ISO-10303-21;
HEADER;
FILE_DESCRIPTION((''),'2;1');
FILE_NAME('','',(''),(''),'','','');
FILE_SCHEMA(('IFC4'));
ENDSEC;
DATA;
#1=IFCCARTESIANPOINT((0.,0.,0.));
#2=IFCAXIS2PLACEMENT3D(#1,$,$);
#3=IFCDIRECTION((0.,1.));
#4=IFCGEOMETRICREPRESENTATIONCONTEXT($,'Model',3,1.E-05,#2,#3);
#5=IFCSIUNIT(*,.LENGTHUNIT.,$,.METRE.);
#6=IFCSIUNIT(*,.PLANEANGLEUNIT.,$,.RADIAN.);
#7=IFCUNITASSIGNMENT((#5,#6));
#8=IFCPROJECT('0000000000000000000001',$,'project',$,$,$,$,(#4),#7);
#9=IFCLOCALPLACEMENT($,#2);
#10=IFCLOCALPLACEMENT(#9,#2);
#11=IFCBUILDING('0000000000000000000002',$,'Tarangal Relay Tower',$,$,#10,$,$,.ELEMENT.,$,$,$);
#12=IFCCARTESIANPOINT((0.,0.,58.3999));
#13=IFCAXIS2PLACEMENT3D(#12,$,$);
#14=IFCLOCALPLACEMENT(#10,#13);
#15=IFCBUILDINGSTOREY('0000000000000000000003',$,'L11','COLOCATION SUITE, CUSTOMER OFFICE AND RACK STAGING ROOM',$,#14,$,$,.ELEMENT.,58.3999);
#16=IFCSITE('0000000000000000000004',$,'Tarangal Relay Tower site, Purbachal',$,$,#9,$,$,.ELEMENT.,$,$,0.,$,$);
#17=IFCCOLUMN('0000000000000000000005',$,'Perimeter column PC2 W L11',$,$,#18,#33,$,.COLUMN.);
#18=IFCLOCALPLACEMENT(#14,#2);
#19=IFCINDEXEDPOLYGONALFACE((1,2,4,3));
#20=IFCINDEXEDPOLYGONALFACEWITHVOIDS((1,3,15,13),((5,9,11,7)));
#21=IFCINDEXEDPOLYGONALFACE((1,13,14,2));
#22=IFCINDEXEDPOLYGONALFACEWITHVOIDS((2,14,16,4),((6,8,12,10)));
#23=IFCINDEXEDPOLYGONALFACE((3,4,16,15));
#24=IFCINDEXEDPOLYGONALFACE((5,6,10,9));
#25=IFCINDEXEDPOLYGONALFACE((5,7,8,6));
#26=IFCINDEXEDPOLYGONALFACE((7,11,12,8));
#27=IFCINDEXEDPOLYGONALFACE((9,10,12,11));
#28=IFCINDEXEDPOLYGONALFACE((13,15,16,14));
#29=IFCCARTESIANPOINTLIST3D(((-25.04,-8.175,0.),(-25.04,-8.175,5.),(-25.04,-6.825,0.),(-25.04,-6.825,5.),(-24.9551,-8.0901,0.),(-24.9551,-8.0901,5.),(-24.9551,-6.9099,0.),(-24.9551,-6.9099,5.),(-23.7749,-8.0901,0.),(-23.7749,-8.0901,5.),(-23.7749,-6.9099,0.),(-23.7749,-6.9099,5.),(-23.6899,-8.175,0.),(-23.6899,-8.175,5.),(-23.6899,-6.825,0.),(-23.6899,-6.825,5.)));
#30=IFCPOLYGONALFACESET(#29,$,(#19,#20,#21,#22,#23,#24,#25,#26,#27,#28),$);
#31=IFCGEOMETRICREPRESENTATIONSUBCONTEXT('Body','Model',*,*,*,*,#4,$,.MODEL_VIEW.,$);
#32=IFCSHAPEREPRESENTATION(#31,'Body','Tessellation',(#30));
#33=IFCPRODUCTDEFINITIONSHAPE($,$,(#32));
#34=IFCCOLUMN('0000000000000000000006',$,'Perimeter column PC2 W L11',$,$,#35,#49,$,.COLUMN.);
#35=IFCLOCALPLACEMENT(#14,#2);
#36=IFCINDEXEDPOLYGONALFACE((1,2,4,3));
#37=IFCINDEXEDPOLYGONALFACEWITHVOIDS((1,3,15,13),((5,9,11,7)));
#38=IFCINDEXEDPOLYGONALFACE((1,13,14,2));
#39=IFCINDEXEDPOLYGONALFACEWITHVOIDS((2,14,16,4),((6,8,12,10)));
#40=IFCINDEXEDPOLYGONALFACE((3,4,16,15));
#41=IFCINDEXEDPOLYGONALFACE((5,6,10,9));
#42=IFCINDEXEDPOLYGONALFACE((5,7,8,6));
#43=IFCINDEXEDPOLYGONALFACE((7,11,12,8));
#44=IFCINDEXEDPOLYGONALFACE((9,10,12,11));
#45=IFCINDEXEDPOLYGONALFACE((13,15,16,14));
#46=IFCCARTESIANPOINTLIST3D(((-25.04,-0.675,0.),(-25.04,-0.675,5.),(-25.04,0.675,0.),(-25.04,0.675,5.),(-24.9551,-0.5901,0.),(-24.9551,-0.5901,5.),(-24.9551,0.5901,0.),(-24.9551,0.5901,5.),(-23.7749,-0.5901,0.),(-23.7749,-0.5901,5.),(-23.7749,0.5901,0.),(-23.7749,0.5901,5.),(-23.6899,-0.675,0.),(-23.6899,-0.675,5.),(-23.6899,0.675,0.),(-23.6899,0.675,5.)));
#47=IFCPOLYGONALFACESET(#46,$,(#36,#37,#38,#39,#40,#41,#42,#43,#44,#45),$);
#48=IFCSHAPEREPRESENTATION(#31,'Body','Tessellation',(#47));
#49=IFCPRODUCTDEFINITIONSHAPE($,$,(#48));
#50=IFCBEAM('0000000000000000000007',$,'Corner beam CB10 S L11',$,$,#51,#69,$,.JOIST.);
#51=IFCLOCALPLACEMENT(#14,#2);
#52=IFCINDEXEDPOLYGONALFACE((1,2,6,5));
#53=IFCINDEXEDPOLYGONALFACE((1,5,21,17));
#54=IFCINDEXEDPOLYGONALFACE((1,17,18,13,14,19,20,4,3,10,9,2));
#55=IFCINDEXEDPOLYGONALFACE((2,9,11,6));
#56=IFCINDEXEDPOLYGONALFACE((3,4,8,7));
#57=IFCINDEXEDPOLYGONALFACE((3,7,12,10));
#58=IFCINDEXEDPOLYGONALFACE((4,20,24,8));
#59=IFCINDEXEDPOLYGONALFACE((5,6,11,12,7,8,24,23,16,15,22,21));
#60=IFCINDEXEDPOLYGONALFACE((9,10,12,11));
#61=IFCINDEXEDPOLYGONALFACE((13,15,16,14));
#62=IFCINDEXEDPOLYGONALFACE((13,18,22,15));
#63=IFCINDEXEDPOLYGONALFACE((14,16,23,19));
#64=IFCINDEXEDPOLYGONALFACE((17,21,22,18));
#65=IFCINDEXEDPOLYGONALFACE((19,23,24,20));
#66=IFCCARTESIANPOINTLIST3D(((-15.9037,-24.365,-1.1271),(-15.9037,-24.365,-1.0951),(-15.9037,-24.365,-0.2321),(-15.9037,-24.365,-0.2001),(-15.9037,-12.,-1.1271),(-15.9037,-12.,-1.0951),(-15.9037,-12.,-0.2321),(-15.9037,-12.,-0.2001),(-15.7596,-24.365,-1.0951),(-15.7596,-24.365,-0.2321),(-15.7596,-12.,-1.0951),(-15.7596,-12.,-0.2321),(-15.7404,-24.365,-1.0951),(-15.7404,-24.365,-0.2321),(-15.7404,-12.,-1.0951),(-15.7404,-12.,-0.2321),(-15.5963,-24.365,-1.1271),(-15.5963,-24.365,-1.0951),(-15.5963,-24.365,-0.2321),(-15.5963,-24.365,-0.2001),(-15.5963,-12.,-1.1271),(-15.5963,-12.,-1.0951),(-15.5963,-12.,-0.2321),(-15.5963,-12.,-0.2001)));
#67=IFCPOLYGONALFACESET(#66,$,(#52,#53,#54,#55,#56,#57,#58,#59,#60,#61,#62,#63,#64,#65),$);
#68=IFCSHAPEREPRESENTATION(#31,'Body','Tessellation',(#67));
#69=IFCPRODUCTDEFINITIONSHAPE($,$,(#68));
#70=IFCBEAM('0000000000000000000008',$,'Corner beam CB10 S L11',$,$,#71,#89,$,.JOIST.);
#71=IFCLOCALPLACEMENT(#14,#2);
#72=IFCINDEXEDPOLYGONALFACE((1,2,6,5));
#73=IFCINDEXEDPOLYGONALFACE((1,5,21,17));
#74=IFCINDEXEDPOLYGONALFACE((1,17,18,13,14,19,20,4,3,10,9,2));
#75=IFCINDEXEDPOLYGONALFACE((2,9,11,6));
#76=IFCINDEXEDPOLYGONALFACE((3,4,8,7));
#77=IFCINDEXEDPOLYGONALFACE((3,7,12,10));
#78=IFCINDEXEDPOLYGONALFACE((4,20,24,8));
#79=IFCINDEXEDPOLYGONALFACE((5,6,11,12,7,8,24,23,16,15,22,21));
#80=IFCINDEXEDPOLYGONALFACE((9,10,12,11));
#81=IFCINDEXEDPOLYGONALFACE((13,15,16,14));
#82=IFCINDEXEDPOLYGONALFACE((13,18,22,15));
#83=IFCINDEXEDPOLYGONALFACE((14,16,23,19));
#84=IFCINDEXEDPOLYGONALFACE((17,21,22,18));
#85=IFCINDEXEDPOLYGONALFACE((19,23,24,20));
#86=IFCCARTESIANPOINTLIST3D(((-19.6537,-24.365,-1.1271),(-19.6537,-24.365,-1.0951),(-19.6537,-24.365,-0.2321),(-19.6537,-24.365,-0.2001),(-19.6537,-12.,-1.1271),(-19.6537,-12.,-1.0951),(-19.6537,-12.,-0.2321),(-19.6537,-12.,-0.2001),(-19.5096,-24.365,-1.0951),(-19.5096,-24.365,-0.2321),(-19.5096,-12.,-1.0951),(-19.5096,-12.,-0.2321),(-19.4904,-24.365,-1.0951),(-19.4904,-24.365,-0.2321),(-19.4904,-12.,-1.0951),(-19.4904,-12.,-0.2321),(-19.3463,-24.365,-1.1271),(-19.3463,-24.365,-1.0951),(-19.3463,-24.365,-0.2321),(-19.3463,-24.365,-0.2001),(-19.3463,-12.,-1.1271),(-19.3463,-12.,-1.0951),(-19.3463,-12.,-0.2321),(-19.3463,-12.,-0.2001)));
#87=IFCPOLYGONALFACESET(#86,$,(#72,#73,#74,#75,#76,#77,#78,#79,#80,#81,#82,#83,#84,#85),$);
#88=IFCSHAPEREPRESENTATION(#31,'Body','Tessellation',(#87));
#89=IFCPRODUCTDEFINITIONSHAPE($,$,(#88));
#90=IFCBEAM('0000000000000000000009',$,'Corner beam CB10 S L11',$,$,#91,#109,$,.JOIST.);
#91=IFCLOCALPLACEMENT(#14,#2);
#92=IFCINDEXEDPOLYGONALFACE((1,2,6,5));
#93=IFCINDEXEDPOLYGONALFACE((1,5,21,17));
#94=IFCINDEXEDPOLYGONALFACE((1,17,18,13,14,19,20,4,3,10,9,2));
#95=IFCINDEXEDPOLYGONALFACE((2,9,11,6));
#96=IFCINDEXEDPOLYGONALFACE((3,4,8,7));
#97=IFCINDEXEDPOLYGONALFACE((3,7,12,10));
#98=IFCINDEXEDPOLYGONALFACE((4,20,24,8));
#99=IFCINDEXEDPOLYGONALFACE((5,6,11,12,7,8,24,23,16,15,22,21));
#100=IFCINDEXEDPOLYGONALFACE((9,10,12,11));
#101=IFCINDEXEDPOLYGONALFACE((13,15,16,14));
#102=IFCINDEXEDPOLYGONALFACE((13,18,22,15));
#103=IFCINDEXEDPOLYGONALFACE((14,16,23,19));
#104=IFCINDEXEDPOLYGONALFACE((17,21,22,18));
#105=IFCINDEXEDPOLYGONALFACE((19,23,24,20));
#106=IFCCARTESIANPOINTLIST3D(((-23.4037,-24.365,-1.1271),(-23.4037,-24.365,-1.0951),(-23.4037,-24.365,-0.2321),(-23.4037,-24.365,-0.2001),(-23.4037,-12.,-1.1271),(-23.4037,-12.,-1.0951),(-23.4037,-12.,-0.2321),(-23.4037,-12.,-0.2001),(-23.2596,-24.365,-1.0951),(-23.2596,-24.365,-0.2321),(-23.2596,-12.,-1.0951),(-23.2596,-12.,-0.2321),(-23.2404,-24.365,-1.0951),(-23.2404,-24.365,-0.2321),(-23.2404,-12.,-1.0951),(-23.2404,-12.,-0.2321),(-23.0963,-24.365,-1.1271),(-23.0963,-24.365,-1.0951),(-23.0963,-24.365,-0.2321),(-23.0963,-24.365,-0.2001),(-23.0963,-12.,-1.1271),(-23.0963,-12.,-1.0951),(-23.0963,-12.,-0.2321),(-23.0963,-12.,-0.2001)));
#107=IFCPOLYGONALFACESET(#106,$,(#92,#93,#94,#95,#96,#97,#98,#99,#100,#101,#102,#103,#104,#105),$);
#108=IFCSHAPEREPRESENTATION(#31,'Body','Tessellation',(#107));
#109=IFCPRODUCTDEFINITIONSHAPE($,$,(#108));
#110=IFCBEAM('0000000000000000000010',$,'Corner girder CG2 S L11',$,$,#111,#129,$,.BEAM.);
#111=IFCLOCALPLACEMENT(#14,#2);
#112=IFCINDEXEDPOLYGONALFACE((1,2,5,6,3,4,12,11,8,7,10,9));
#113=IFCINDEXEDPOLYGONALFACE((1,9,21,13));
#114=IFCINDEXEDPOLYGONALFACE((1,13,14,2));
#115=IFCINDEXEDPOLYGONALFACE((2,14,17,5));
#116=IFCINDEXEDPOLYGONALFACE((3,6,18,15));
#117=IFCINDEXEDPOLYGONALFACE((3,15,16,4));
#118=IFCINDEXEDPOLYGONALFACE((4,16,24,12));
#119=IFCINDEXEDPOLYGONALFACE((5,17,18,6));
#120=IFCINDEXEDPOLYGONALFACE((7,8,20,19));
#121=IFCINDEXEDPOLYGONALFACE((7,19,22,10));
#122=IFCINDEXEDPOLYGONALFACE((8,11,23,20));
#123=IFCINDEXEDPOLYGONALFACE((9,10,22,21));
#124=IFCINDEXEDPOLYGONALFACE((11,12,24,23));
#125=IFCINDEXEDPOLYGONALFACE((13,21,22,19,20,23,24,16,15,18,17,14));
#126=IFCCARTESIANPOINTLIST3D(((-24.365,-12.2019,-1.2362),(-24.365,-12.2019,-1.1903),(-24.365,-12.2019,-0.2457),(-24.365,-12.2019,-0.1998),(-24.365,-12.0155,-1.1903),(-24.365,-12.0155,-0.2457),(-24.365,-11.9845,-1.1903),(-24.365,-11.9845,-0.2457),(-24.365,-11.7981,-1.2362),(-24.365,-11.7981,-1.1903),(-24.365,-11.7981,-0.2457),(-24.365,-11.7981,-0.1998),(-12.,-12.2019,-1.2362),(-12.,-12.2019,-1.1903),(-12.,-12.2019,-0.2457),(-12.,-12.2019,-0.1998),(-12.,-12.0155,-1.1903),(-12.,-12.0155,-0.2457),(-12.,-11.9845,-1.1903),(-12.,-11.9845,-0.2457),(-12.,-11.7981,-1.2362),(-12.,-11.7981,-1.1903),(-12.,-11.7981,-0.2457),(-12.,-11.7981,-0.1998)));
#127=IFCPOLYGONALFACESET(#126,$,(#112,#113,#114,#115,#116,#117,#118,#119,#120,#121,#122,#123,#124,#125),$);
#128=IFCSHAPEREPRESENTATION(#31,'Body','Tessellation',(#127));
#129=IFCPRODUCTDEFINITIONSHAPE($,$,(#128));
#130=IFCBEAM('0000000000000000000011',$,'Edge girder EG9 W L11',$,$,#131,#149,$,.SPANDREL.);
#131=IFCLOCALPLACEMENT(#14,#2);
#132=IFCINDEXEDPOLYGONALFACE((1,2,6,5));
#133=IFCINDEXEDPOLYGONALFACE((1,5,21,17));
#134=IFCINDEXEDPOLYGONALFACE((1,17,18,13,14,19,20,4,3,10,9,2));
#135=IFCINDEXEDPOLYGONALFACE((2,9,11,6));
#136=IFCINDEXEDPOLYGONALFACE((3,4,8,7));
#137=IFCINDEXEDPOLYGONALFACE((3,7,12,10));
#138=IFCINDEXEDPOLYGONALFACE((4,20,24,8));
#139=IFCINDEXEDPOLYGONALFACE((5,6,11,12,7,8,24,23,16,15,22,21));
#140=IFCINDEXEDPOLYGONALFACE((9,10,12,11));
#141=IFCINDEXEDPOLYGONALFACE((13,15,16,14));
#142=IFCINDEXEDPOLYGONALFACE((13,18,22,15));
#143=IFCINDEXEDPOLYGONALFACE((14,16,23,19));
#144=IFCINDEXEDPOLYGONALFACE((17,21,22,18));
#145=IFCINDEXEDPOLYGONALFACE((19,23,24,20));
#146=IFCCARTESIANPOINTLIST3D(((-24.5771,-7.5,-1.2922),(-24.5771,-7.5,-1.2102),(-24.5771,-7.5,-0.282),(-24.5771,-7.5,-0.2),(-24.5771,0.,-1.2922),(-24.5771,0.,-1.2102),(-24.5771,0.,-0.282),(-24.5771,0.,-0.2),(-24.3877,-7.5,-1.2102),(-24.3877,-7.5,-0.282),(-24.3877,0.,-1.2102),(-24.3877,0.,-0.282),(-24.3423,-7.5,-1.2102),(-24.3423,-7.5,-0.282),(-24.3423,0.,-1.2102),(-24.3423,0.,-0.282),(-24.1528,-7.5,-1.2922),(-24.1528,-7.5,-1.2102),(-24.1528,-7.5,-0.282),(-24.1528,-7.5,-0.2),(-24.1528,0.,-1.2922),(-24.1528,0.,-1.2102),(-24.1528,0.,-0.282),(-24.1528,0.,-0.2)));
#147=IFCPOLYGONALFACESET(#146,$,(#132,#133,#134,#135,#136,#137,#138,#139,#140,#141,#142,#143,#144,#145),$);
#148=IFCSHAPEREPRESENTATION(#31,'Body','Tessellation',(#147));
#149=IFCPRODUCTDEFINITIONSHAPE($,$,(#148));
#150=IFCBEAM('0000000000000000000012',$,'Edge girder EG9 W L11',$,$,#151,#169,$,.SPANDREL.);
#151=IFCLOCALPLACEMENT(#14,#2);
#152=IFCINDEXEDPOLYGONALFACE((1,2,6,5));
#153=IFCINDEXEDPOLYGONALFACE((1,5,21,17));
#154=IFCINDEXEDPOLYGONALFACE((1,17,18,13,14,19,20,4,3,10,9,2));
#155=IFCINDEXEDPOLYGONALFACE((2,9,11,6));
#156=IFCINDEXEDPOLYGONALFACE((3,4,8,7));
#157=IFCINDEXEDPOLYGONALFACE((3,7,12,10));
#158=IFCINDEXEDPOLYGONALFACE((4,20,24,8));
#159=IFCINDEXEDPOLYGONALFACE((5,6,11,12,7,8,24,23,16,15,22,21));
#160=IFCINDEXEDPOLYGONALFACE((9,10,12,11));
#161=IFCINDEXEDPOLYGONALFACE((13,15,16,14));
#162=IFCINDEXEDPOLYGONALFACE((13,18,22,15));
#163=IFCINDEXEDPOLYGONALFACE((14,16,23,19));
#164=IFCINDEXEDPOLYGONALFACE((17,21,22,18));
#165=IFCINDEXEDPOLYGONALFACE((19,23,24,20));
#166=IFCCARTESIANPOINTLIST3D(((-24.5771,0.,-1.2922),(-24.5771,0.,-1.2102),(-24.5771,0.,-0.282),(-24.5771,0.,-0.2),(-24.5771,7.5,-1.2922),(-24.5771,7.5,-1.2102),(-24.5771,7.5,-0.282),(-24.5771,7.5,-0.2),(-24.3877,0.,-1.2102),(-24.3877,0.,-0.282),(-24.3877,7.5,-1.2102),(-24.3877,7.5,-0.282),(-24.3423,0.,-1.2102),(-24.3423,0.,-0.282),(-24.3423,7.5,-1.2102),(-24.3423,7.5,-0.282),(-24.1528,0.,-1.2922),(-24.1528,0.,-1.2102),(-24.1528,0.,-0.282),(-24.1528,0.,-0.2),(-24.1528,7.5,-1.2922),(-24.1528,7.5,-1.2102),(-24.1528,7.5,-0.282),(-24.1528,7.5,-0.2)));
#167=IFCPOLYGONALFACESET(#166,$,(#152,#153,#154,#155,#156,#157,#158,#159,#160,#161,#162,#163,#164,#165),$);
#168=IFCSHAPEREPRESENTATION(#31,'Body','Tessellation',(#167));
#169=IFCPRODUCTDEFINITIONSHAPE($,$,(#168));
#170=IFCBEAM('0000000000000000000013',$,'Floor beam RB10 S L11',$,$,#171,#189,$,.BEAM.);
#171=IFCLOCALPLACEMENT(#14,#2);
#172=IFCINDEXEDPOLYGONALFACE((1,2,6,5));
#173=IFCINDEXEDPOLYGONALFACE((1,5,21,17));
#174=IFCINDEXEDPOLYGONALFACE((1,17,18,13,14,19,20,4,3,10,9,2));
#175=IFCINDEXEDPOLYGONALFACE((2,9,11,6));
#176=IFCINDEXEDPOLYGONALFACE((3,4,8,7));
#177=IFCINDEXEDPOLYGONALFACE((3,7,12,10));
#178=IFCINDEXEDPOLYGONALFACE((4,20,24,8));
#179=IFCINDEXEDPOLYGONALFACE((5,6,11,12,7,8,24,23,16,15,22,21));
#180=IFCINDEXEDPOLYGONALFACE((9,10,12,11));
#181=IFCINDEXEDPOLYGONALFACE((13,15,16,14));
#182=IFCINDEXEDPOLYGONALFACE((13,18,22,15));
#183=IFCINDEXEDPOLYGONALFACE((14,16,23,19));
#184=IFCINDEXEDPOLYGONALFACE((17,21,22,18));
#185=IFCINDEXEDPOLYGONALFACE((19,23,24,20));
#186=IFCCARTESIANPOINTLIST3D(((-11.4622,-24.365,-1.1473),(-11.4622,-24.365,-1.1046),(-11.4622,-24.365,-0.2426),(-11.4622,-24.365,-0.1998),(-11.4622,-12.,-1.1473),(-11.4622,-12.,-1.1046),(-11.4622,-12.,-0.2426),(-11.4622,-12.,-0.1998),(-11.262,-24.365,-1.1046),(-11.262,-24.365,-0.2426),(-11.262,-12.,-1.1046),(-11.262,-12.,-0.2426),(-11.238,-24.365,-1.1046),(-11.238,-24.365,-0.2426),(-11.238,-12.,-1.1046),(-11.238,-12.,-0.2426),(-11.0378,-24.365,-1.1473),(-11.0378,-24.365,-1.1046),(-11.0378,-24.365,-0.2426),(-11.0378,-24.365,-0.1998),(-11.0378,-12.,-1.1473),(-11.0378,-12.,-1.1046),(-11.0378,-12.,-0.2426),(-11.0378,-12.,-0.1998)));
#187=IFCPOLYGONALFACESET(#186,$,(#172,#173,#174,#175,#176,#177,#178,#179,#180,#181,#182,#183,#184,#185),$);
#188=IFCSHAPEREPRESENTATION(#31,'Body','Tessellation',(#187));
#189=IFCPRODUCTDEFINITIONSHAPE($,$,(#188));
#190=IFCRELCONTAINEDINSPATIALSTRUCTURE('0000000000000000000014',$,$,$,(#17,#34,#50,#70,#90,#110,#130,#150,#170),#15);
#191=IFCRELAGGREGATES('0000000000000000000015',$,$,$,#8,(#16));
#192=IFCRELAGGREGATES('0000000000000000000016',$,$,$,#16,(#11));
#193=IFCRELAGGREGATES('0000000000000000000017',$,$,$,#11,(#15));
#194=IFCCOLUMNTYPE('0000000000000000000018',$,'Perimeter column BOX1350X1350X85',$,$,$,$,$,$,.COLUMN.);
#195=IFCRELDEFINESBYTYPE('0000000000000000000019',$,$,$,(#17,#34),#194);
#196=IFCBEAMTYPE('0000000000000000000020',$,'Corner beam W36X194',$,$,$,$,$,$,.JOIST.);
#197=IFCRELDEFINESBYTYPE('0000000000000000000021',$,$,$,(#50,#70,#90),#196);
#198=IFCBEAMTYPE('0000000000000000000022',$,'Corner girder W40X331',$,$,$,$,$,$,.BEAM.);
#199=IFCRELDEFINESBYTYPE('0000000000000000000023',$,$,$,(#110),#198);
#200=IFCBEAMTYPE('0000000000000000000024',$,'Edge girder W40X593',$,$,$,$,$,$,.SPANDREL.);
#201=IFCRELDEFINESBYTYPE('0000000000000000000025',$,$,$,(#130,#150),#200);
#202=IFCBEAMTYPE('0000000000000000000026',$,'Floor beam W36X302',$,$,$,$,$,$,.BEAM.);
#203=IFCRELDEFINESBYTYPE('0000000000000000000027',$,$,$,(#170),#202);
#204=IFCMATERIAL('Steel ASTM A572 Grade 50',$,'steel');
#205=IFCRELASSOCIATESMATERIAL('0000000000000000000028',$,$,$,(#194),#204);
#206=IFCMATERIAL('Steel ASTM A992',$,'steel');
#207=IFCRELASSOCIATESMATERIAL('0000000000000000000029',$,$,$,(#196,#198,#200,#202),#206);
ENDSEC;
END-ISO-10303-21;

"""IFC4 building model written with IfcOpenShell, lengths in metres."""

from ifc_helpers import new_model, si_unit, direction, frame, origin, origin_2d, place, context, subcontext, project, spatial, hollow_rectangle, i_section, extrude, material, material_profile, profile_set, type_object, element, save


model = new_model("IFC4")

# Units and contexts
model_context = context("Model", 3, precision=1e-05, world=origin(), true_north=direction((0.0, 1.0)))
body_context = subcontext(model_context, "Body", "Model", "MODEL_VIEW")
ifc_project = project(units=[si_unit("LENGTHUNIT", "METRE"), si_unit("PLANEANGLEUNIT", "RADIAN")], contexts=[model_context])

# Site, building, storey
site_placement = place(None, origin())
site = spatial("IfcSite", under=ifc_project, at=site_placement, Name="Tarangal Relay Tower site, Purbachal", CompositionType="ELEMENT", RefElevation=0.0)
building_placement = place(site_placement, origin())
building = spatial("IfcBuilding", under=site, at=building_placement, Name="Tarangal Relay Tower", CompositionType="ELEMENT")
storey_placement = place(building_placement, frame((0.0, 0.0, 58.3999)))
storey = spatial("IfcBuildingStorey", under=building, at=storey_placement, Name="L11", Description="COLOCATION SUITE, CUSTOMER OFFICE AND RACK STAGING ROOM", CompositionType="ELEMENT", Elevation=58.3999)

# Columns
ifc_material_1 = material(Name="Steel ASTM A572 Grade 50", Category="steel")
ifc_material_profile_1 = material_profile(ifc_material_1, hollow_rectangle(XDim=1.3501, YDim=1.3501, WallThickness=0.085, at=origin_2d()), Name="BOX1350X1350X85")
ifc_profile_set_1 = profile_set([ifc_material_profile_1], Name="Steel ASTM A572 Grade 50")
column_type = type_object("IfcColumnType", Name="Perimeter column BOX1350X1350X85", PredefinedType="COLUMN", material=ifc_profile_set_1)
for number, where, z_axis, x_axis, name in (
    (1, (-24.365, -7.5, 0.0), (0.0, 0.0, 1.0), (1.0, 0.0, 0.0), "Perimeter column PC2 W L11"),
    (2, (-24.365, 0.0, 0.0), (0.0, 0.0, 1.0), (1.0, 0.0, 0.0), "Perimeter column PC2 W L11"),
):
    element("IfcColumn", number, at=place(storey_placement, frame(where, z_axis=z_axis, x_axis=x_axis)), inside=storey, type_object=column_type, Name=name, PredefinedType="COLUMN", context=body_context, shape_type="SweptSolid", body=[
        extrude(hollow_rectangle(XDim=1.3501, YDim=1.3501, WallThickness=0.085, at=origin_2d()), origin(), (0.0, 0.0, 1.0), 5.0),
    ])

# Beams
ifc_material_2 = material(Name="Steel ASTM A992", Category="steel")
ifc_material_profile_2 = material_profile(ifc_material_2, i_section(OverallWidth=0.3074, OverallDepth=0.927, WebThickness=0.0193, FlangeThickness=0.032, at=origin_2d()), Name="W36X194")
ifc_profile_set_2 = profile_set([ifc_material_profile_2], Name="Steel ASTM A992")
beam_type_1 = type_object("IfcBeamType", Name="Corner beam W36X194", PredefinedType="JOIST", material=ifc_profile_set_2)
for number, where, z_axis, x_axis, name in (
    (3, (-15.75, -12.0, -0.6636), (0.0, -1.0, 0.0), (1.0, 0.0, 0.0), "Corner beam CB10 S L11"),
    (4, (-19.5, -12.0, -0.6636), (0.0, -1.0, 0.0), (1.0, 0.0, 0.0), "Corner beam CB10 S L11"),
    (5, (-23.25, -12.0, -0.6636), (0.0, -1.0, 0.0), (1.0, 0.0, 0.0), "Corner beam CB10 S L11"),
):
    element("IfcBeam", number, at=place(storey_placement, frame(where, z_axis=z_axis, x_axis=x_axis)), inside=storey, type_object=beam_type_1, Name=name, PredefinedType="JOIST", context=body_context, shape_type="SweptSolid", body=[
        extrude(i_section(OverallWidth=0.3074, OverallDepth=0.927, WebThickness=0.0193, FlangeThickness=0.032, at=origin_2d()), origin(), (0.0, 0.0, 1.0), 12.365),
    ])
ifc_material_profile_3 = material_profile(ifc_material_2, i_section(OverallWidth=0.4038, OverallDepth=1.0364, WebThickness=0.031, FlangeThickness=0.0459, at=origin_2d()), Name="W40X331")
ifc_profile_set_3 = profile_set([ifc_material_profile_3], Name="Steel ASTM A992")
beam_type_2 = type_object("IfcBeamType", Name="Corner girder W40X331", PredefinedType="BEAM", material=ifc_profile_set_3)
beam_placement = place(storey_placement, frame((-12.0, -12.0, -0.718), z_axis=(-1.0, 0.0, 0.0), x_axis=(0.0, -1.0, 0.0)))
element("IfcBeam", 6, at=beam_placement, inside=storey, type_object=beam_type_2, Name="Corner girder CG2 S L11", PredefinedType="BEAM", context=body_context, shape_type="SweptSolid", body=[
    extrude(i_section(OverallWidth=0.4038, OverallDepth=1.0364, WebThickness=0.031, FlangeThickness=0.0459, at=origin_2d()), origin(), (0.0, 0.0, 1.0), 12.365),
])
ifc_material_profile_4 = material_profile(ifc_material_2, i_section(OverallWidth=0.4243, OverallDepth=1.0923, WebThickness=0.0454, FlangeThickness=0.082, at=origin_2d()), Name="W40X593")
ifc_profile_set_4 = profile_set([ifc_material_profile_4], Name="Steel ASTM A992")
beam_type_3 = type_object("IfcBeamType", Name="Edge girder W40X593", PredefinedType="SPANDREL", material=ifc_profile_set_4)
for number, where, z_axis, x_axis, name in (
    (7, (-24.365, -7.5, -0.7461), (0.0, 1.0, 0.0), (-1.0, 0.0, 0.0), "Edge girder EG9 W L11"),
    (8, (-24.365, 0.0, -0.7461), (0.0, 1.0, 0.0), (-1.0, 0.0, 0.0), "Edge girder EG9 W L11"),
):
    element("IfcBeam", number, at=place(storey_placement, frame(where, z_axis=z_axis, x_axis=x_axis)), inside=storey, type_object=beam_type_3, Name=name, PredefinedType="SPANDREL", context=body_context, shape_type="SweptSolid", body=[
        extrude(i_section(OverallWidth=0.4243, OverallDepth=1.0923, WebThickness=0.0454, FlangeThickness=0.082, at=origin_2d()), origin(), (0.0, 0.0, 1.0), 7.5),
    ])
ifc_material_profile_5 = material_profile(ifc_material_2, i_section(OverallWidth=0.4243, OverallDepth=0.9475, WebThickness=0.0239, FlangeThickness=0.0427, at=origin_2d()), Name="W36X302")
ifc_profile_set_5 = profile_set([ifc_material_profile_5], Name="Steel ASTM A992")
beam_type_4 = type_object("IfcBeamType", Name="Floor beam W36X302", PredefinedType="BEAM", material=ifc_profile_set_5)
for number, where, z_axis, x_axis, name in (
    (9, (-11.25, -12.0, -0.6736), (0.0, -1.0, 0.0), (1.0, 0.0, 0.0), "Floor beam RB10 S L11"),
):
    element("IfcBeam", number, at=place(storey_placement, frame(where, z_axis=z_axis, x_axis=x_axis)), inside=storey, type_object=beam_type_4, Name=name, PredefinedType="BEAM", context=body_context, shape_type="SweptSolid", body=[
        extrude(i_section(OverallWidth=0.4243, OverallDepth=0.9475, WebThickness=0.0239, FlangeThickness=0.0427, at=origin_2d()), origin(), (0.0, 0.0, 1.0), 12.365),
    ])

save(model, "model.ifc")
